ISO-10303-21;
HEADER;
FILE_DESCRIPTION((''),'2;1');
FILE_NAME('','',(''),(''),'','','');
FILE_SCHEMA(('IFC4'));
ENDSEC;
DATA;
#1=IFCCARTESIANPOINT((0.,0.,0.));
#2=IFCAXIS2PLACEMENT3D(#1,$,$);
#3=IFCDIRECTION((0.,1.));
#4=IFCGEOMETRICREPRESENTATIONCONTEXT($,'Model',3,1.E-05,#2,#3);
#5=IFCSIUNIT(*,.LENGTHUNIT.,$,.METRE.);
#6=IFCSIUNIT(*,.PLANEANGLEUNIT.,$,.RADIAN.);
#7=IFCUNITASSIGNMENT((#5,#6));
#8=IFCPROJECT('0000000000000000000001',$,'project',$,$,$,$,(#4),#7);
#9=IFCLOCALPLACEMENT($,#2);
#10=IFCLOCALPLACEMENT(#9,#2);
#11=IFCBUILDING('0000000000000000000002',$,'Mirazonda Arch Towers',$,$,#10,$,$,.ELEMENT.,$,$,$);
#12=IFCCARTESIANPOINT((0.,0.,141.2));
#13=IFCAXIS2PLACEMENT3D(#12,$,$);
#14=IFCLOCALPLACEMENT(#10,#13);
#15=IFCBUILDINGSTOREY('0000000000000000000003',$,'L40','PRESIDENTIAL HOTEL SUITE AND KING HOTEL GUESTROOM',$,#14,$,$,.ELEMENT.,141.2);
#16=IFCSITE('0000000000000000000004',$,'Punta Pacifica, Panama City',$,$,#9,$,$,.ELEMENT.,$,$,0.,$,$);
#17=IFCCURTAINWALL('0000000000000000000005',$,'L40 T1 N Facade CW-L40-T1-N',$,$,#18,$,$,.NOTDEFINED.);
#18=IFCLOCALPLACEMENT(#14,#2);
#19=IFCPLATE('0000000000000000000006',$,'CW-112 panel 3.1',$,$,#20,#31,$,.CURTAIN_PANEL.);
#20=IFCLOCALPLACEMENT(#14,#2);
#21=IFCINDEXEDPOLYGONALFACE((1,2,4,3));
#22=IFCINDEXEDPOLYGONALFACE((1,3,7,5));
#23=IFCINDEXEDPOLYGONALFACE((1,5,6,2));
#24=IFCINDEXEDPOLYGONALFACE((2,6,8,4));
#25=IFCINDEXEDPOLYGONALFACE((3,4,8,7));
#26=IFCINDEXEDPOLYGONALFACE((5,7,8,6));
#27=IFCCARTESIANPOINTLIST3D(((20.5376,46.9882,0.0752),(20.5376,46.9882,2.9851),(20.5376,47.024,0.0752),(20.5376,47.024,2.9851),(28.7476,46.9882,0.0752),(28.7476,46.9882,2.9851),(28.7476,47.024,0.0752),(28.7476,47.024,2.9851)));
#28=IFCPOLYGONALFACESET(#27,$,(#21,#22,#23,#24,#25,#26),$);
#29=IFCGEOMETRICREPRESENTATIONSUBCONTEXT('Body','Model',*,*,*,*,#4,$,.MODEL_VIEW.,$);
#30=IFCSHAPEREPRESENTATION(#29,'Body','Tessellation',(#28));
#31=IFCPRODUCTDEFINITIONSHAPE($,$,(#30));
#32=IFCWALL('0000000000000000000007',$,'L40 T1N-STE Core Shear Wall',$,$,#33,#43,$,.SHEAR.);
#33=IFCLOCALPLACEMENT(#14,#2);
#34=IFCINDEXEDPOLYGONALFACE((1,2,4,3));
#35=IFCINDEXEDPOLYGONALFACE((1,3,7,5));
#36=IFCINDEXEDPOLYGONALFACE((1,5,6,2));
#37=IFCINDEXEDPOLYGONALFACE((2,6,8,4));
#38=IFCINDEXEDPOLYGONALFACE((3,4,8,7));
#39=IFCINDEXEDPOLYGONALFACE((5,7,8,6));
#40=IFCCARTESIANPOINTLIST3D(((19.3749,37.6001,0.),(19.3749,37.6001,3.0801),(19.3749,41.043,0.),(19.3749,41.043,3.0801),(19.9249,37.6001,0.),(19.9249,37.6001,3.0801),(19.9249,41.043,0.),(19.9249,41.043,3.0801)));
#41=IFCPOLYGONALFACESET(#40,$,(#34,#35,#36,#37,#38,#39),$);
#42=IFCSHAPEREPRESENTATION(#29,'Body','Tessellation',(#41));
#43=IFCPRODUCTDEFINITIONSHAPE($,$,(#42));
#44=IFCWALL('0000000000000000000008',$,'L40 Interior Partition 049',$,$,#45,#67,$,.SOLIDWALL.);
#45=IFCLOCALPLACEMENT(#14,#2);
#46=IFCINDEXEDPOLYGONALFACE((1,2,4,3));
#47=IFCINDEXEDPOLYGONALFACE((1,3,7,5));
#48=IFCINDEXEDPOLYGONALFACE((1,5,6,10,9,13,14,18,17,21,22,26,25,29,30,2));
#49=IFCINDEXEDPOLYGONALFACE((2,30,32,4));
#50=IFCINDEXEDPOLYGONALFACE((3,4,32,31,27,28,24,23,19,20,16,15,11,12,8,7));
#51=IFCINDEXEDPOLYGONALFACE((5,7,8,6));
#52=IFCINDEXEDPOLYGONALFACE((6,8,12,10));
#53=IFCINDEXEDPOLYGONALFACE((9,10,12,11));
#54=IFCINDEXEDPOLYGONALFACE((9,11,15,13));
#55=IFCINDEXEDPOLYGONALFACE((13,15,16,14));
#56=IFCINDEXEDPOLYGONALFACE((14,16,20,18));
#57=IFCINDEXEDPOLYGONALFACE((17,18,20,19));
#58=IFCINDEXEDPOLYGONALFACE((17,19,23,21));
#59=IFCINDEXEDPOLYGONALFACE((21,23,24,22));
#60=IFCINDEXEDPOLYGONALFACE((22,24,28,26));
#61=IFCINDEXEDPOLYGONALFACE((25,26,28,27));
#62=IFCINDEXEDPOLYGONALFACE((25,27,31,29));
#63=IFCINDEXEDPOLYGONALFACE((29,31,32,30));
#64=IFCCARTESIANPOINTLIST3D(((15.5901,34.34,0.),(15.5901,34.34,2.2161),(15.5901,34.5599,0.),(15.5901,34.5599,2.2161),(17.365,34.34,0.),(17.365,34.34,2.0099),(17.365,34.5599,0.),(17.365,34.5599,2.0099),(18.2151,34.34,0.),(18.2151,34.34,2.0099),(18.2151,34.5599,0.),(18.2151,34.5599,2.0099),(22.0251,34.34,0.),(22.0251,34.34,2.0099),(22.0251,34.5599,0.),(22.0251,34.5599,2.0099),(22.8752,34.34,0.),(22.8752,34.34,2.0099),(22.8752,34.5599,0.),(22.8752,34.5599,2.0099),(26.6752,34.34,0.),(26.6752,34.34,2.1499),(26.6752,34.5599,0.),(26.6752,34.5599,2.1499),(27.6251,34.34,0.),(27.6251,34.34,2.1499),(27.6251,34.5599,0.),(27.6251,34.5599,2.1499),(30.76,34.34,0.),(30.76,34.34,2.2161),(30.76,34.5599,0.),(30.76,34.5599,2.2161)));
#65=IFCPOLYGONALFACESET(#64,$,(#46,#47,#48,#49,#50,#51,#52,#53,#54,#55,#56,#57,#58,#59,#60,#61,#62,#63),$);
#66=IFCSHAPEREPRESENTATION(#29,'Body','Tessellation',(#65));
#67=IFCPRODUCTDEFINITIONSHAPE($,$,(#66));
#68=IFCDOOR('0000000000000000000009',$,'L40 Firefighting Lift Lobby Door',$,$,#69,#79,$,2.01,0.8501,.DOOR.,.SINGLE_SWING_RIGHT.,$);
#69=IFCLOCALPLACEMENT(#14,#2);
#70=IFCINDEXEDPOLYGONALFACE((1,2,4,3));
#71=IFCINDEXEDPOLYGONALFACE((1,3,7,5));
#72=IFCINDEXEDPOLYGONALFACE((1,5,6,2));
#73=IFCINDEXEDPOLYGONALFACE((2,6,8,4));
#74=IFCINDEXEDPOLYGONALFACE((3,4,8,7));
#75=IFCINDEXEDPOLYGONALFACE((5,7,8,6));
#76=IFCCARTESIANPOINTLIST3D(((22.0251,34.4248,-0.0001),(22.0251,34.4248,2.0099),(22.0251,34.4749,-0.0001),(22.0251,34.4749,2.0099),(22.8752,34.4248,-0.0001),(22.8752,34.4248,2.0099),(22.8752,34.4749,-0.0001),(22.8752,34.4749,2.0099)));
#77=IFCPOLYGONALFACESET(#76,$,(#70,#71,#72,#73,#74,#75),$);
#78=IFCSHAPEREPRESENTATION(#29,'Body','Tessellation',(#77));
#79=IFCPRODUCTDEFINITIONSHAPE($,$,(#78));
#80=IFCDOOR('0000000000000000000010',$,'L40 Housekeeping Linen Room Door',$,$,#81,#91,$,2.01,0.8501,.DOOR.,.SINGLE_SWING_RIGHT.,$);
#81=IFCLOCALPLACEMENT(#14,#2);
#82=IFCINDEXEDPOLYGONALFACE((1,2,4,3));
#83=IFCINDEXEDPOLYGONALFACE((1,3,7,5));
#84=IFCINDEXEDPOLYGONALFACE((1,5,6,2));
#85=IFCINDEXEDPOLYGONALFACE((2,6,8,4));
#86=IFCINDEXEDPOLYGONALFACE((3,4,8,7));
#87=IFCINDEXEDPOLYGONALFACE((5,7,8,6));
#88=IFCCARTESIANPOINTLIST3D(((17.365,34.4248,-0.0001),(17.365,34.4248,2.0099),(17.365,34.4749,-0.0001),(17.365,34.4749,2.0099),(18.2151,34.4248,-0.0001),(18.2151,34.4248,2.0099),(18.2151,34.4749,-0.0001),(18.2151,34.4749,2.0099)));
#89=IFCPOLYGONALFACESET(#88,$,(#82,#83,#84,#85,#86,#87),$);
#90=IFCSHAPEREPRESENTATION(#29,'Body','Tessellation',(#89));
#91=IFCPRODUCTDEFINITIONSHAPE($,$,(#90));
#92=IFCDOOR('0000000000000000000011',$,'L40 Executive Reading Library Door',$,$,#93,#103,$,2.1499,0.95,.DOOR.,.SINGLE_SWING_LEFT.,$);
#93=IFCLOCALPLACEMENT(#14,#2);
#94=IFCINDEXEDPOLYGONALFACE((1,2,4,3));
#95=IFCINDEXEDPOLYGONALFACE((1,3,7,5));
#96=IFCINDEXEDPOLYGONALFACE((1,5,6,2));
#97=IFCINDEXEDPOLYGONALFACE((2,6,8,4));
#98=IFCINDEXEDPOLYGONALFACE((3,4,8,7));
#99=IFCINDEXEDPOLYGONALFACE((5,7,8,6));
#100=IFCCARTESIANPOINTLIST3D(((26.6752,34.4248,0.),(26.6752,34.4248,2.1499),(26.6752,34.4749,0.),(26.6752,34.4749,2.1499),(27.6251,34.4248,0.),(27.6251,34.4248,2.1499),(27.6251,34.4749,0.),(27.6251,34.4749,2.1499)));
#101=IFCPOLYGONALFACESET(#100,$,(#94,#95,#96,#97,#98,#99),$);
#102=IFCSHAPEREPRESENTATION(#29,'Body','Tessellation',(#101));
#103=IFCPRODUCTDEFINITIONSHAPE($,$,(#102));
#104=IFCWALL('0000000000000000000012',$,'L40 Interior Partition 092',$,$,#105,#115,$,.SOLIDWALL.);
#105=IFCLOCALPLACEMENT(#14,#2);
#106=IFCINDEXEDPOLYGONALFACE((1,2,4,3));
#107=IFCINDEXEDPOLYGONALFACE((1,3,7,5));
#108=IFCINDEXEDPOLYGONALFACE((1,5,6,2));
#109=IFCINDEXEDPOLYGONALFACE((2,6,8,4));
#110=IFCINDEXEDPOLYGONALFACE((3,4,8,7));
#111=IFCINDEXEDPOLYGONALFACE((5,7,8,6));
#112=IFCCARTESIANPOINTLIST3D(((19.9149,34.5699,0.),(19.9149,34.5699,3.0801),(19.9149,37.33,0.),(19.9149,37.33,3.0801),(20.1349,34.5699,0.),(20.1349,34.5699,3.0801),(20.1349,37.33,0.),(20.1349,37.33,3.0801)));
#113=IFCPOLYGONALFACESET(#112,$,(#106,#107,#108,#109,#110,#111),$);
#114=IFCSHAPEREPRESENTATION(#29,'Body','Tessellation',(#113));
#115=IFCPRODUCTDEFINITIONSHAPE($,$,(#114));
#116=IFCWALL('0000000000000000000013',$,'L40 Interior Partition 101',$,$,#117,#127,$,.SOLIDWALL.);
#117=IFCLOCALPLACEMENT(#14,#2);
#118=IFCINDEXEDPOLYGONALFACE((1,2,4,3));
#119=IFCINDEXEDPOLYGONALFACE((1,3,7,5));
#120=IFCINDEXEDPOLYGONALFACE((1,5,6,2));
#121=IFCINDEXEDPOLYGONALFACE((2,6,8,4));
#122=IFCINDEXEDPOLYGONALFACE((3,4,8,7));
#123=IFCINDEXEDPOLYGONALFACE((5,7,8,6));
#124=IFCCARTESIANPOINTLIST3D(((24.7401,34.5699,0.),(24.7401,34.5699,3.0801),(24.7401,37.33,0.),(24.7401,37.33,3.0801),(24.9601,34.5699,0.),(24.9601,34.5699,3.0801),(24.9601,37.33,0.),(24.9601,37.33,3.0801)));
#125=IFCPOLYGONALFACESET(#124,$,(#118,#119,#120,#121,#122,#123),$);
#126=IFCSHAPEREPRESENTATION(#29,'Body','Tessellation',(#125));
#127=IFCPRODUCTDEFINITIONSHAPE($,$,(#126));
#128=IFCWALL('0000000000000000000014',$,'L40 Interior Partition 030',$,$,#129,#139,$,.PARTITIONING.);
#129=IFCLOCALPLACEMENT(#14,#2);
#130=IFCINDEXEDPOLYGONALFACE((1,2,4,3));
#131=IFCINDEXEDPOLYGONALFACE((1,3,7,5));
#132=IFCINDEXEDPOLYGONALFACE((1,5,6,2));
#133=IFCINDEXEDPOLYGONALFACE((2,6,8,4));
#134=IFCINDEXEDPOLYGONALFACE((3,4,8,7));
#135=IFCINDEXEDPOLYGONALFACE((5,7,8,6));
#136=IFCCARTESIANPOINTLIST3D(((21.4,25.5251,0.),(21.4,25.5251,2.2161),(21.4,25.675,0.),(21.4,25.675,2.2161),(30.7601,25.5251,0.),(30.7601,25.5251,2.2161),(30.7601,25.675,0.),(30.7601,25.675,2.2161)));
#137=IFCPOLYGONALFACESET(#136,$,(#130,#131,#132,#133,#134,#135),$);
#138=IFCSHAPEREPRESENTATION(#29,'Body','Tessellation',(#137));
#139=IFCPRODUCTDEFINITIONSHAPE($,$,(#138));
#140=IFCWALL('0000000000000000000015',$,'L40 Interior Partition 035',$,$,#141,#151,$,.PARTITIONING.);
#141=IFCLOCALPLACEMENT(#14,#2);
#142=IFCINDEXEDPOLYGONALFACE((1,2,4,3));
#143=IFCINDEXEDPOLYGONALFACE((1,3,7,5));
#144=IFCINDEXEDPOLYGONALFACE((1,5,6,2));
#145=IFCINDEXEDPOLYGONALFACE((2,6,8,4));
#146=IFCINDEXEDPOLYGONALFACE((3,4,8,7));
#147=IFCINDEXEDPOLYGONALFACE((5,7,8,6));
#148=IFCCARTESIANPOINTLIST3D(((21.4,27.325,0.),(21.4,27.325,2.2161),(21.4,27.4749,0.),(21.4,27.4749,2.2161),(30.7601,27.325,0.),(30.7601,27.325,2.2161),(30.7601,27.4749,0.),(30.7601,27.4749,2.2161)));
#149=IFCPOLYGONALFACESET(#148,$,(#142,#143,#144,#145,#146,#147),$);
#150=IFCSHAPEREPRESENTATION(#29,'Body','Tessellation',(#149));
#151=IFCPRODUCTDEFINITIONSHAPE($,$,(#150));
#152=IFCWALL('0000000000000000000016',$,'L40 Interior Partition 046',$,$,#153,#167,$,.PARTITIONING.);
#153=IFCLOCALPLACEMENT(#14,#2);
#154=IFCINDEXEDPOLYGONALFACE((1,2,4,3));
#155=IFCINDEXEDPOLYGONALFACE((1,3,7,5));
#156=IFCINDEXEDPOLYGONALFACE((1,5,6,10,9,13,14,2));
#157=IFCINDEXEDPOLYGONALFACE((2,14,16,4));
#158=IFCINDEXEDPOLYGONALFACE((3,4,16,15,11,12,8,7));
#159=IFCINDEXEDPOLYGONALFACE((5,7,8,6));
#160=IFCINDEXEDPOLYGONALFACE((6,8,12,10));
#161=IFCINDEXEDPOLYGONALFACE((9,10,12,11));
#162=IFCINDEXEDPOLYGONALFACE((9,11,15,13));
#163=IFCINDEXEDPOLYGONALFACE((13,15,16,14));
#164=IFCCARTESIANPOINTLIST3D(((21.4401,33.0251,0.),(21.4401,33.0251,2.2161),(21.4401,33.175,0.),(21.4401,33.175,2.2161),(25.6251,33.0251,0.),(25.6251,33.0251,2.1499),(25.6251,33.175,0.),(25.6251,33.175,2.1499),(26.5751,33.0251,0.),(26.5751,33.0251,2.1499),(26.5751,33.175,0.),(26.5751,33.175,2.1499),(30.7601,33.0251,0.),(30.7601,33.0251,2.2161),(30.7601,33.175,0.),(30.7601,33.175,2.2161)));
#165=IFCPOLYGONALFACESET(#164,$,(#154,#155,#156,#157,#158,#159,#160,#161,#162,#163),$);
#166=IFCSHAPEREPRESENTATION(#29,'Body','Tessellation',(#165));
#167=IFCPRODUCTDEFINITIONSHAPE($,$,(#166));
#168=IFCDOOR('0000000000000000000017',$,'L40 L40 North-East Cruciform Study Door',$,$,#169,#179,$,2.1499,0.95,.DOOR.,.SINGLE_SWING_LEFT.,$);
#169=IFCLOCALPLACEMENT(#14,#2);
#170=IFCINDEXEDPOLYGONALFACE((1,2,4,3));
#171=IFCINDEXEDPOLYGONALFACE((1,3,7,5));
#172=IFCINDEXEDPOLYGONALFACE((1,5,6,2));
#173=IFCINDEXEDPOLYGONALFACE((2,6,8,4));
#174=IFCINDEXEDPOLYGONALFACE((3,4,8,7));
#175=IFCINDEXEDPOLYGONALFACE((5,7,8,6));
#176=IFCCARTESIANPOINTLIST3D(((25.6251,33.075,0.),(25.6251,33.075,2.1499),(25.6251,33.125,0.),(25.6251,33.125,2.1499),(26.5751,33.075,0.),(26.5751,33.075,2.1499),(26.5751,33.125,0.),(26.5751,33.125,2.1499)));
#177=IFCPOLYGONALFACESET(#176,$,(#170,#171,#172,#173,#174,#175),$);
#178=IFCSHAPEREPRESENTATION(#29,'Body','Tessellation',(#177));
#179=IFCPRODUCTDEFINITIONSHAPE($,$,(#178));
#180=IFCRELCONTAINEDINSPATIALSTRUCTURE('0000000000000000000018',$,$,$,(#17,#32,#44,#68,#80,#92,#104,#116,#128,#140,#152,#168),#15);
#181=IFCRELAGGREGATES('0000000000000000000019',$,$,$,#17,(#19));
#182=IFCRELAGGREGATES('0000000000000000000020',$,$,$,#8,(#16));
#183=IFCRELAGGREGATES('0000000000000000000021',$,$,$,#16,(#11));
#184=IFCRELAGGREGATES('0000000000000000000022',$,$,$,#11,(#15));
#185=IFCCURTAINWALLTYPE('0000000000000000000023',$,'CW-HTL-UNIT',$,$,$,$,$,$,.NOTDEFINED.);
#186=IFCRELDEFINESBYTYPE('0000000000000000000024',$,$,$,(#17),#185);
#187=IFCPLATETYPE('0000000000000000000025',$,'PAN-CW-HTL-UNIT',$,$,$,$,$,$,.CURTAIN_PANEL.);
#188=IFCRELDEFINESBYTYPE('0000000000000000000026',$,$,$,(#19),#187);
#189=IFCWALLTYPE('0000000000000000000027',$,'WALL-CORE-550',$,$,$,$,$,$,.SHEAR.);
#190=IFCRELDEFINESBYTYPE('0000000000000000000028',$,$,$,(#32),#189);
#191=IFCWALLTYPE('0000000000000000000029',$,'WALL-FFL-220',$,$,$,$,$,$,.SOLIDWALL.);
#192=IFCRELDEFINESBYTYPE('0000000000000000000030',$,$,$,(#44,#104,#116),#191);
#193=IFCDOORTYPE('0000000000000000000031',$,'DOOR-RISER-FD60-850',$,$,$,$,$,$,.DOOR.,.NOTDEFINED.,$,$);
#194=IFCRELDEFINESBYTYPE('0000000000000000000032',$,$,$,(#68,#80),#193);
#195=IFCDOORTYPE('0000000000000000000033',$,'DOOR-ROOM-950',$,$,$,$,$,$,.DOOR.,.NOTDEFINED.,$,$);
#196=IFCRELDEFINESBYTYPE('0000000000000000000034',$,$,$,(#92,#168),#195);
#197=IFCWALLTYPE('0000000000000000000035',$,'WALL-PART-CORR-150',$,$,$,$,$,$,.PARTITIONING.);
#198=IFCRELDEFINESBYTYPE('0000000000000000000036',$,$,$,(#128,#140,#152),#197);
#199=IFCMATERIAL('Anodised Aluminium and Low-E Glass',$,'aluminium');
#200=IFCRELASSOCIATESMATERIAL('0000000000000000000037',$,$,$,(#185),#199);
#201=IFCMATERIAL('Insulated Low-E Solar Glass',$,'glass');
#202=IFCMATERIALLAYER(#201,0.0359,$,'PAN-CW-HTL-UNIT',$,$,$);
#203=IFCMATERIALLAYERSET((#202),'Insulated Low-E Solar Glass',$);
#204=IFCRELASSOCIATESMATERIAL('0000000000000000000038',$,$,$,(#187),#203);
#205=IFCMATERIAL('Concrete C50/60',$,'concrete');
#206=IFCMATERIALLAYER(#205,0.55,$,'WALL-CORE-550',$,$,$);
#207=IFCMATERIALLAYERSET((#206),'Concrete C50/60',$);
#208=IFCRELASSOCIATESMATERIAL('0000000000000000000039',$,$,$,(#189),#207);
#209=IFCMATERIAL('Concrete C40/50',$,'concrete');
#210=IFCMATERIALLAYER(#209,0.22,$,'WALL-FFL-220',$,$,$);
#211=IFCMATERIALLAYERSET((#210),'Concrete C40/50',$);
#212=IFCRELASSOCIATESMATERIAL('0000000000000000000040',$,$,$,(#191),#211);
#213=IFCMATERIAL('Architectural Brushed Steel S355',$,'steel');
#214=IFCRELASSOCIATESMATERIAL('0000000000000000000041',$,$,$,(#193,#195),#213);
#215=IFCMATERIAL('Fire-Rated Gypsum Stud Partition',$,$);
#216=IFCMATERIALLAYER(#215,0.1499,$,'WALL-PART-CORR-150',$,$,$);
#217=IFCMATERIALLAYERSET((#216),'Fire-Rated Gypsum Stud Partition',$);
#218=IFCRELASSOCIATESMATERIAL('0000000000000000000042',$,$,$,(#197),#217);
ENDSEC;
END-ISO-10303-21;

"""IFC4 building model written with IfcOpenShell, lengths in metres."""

from ifc_helpers import new_model, si_unit, direction, frame, frame_2d, origin, origin_2d, place, context, subcontext, project, spatial, rectangle, extrude, material, layer, layer_set, type_object, element, fill, aggregate, save


model = new_model("IFC4")

# Units and contexts
model_context = context("Model", 3, precision=1e-05, world=origin(), true_north=direction((0.0, 1.0)))
body_context = subcontext(model_context, "Body", "Model", "MODEL_VIEW")
ifc_project = project(units=[si_unit("LENGTHUNIT", "METRE"), si_unit("PLANEANGLEUNIT", "RADIAN")], contexts=[model_context])

# Site, building, storey
site_placement = place(None, origin())
site = spatial("IfcSite", under=ifc_project, at=site_placement, Name="Punta Pacifica, Panama City", CompositionType="ELEMENT", RefElevation=0.0)
building_placement = place(site_placement, origin())
building = spatial("IfcBuilding", under=site, at=building_placement, Name="Mirazonda Arch Towers", CompositionType="ELEMENT")
storey_placement = place(building_placement, frame((0.0, 0.0, 141.2)))
storey = spatial("IfcBuildingStorey", under=building, at=storey_placement, Name="L40", Description="PRESIDENTIAL HOTEL SUITE AND KING HOTEL GUESTROOM", CompositionType="ELEMENT", Elevation=141.2)

# Shared definitions
ifc_material_1 = material(Name="Concrete C50/60", Category="concrete")

# Curtain wall, plate
ifc_material_2 = material(Name="Anodised Aluminium and Low-E Glass", Category="aluminium")
curtain_wall_type = type_object("IfcCurtainWallType", Name="CW-HTL-UNIT", PredefinedType="NOTDEFINED", material=ifc_material_2)
curtain_wall_placement = place(storey_placement, origin())
curtain_wall = element("IfcCurtainWall", 1, at=curtain_wall_placement, inside=storey, type_object=curtain_wall_type, Name="L40 T1 N Facade CW-L40-T1-N", PredefinedType="NOTDEFINED")
ifc_material_3 = material(Name="Insulated Low-E Solar Glass", Category="glass")
ifc_layer_1 = layer(ifc_material_3, 0.0359, Name="PAN-CW-HTL-UNIT")
ifc_layer_set_1 = layer_set([ifc_layer_1], Name="Insulated Low-E Solar Glass")
plate_type = type_object("IfcPlateType", Name="PAN-CW-HTL-UNIT", PredefinedType="CURTAIN_PANEL", material=ifc_layer_set_1)
plate_1_placement = place(storey_placement, frame((24.6426, 47.0061, 0.0752), z_axis=(0.0, 0.0, 1.0), x_axis=(1.0, 0.0, 0.0)))
plate_1 = element("IfcPlate", 2, at=plate_1_placement, type_object=plate_type, Name="CW-112 panel 3.1", PredefinedType="CURTAIN_PANEL", context=body_context, shape_type="SweptSolid", body=[
    extrude(rectangle(XDim=8.21, YDim=0.0359, at=origin_2d()), origin(), (0.0, 0.0, 1.0), 2.9099),
])
aggregate(curtain_wall, [plate_1])

# Wall
ifc_layer_2 = layer(ifc_material_1, 0.55, Name="WALL-CORE-550")
ifc_layer_set_2 = layer_set([ifc_layer_2], Name="Concrete C50/60")
wall_type_1 = type_object("IfcWallType", Name="WALL-CORE-550", PredefinedType="SHEAR", material=ifc_layer_set_2)
wall_1_placement = place(storey_placement, frame((19.6499, 37.6001, 0.0), z_axis=(0.0, 0.0, 1.0), x_axis=(0.0, 1.0, 0.0)))
element("IfcWall", 3, at=wall_1_placement, inside=storey, type_object=wall_type_1, Name="L40 T1N-STE Core Shear Wall", PredefinedType="SHEAR", context=body_context, shape_type="SweptSolid", body=[
    extrude(rectangle(XDim=3.4429, YDim=0.55, at=frame_2d((1.7214, 0.0))), origin(), (0.0, 0.0, 1.0), 3.0801),
])

# Wall, openings, doors
ifc_material_4 = material(Name="Concrete C40/50", Category="concrete")
ifc_layer_3 = layer(ifc_material_4, 0.22, Name="WALL-FFL-220")
ifc_layer_set_3 = layer_set([ifc_layer_3], Name="Concrete C40/50")
wall_type_2 = type_object("IfcWallType", Name="WALL-FFL-220", PredefinedType="SOLIDWALL", material=ifc_layer_set_3)
wall_2_placement = place(storey_placement, frame((15.5901, 34.45, 0.0), z_axis=(0.0, 0.0, 1.0), x_axis=(1.0, 0.0, 0.0)))
wall_2 = element("IfcWall", 4, at=wall_2_placement, inside=storey, type_object=wall_type_2, Name="L40 Interior Partition 049", PredefinedType="SOLIDWALL", context=body_context, shape_type="SweptSolid", body=[
    extrude(rectangle(XDim=15.1699, YDim=0.22, at=frame_2d((7.585, 0.0))), origin(), (0.0, 0.0, 1.0), 2.2161),
])
opening_1_placement = place(wall_2_placement, frame((6.4351, 0.0, 0.0)))
opening_1 = element("IfcOpeningElement", 5, at=opening_1_placement, cuts=wall_2, PredefinedType="OPENING", context=body_context, shape_type="SweptSolid", body=[
    extrude(rectangle(XDim=0.8501, YDim=2.01, at=frame_2d((0.425, 1.0049))), frame((0.0, 0.1199, 0.0), z_axis=(0.0, -1.0, 0.0), x_axis=(1.0, 0.0, 0.0)), (0.0, 0.0, 1.0), 0.24),
])
opening_2_placement = place(wall_2_placement, frame((11.085, 0.0, 0.0)))
opening_2 = element("IfcOpeningElement", 6, at=opening_2_placement, cuts=wall_2, PredefinedType="OPENING", context=body_context, shape_type="SweptSolid", body=[
    extrude(rectangle(XDim=0.95, YDim=2.1499, at=frame_2d((0.4751, 1.075))), frame((0.0, 0.1199, 0.0), z_axis=(0.0, -1.0, 0.0), x_axis=(1.0, 0.0, 0.0)), (0.0, 0.0, 1.0), 0.24),
])
opening_3_placement = place(wall_2_placement, frame((1.7749, 0.0, 0.0)))
opening_3 = element("IfcOpeningElement", 7, at=opening_3_placement, cuts=wall_2, PredefinedType="OPENING", context=body_context, shape_type="SweptSolid", body=[
    extrude(rectangle(XDim=0.8501, YDim=2.01, at=frame_2d((0.425, 1.0049))), frame((0.0, 0.1199, 0.0), z_axis=(0.0, -1.0, 0.0), x_axis=(1.0, 0.0, 0.0)), (0.0, 0.0, 1.0), 0.24),
])
ifc_material_5 = material(Name="Architectural Brushed Steel S355", Category="steel")
door_type_1 = type_object("IfcDoorType", Name="DOOR-RISER-FD60-850", OperationType="NOTDEFINED", PredefinedType="DOOR", material=ifc_material_5)
door_1_placement = place(opening_1_placement, origin())
door_1 = element("IfcDoor", 8, at=door_1_placement, inside=storey, type_object=door_type_1, Name="L40 Firefighting Lift Lobby Door", OperationType="SINGLE_SWING_RIGHT", OverallHeight=2.01, OverallWidth=0.8501, PredefinedType="DOOR", context=body_context, shape_type="SweptSolid", body=[
    extrude(rectangle(XDim=0.8501, YDim=2.01, at=frame_2d((0.425, 1.0049))), frame((0.0, 0.0249, 0.0), z_axis=(0.0, -1.0, 0.0), x_axis=(1.0, 0.0, 0.0)), (0.0, 0.0, 1.0), 0.05),
])
fill(opening_1, door_1)
door_2_placement = place(opening_3_placement, origin())
door_2 = element("IfcDoor", 9, at=door_2_placement, inside=storey, type_object=door_type_1, Name="L40 Housekeeping Linen Room Door", OperationType="SINGLE_SWING_RIGHT", OverallHeight=2.01, OverallWidth=0.8501, PredefinedType="DOOR", context=body_context, shape_type="SweptSolid", body=[
    extrude(rectangle(XDim=0.8501, YDim=2.01, at=frame_2d((0.425, 1.0049))), frame((0.0, 0.0249, 0.0), z_axis=(0.0, -1.0, 0.0), x_axis=(1.0, 0.0, 0.0)), (0.0, 0.0, 1.0), 0.05),
])
fill(opening_3, door_2)
door_type_2 = type_object("IfcDoorType", Name="DOOR-ROOM-950", OperationType="NOTDEFINED", PredefinedType="DOOR", material=ifc_material_5)
door_3_placement = place(opening_2_placement, origin())
door_3 = element("IfcDoor", 10, at=door_3_placement, inside=storey, type_object=door_type_2, Name="L40 Executive Reading Library Door", OperationType="SINGLE_SWING_LEFT", OverallHeight=2.1499, OverallWidth=0.95, PredefinedType="DOOR", context=body_context, shape_type="SweptSolid", body=[
    extrude(rectangle(XDim=0.95, YDim=2.1499, at=frame_2d((0.4751, 1.075))), frame((0.0, 0.0249, 0.0), z_axis=(0.0, -1.0, 0.0), x_axis=(1.0, 0.0, 0.0)), (0.0, 0.0, 1.0), 0.05),
])
fill(opening_2, door_3)

# Walls
for number, where, z_axis, x_axis, name in (
    (11, (20.0249, 34.5701, 0.0), (0.0, 0.0, 1.0), (0.0, 1.0, 0.0), "L40 Interior Partition 092"),
    (12, (24.8501, 34.5701, 0.0), (0.0, 0.0, 1.0), (0.0, 1.0, 0.0), "L40 Interior Partition 101"),
):
    element("IfcWall", number, at=place(storey_placement, frame(where, z_axis=z_axis, x_axis=x_axis)), inside=storey, type_object=wall_type_2, Name=name, PredefinedType="SOLIDWALL", context=body_context, shape_type="SweptSolid", body=[
        extrude(rectangle(XDim=2.76, YDim=0.22, at=frame_2d((1.3799, 0.0))), origin(), (0.0, 0.0, 1.0), 3.0801),
    ])
ifc_material_6 = material(Name="Fire-Rated Gypsum Stud Partition")
ifc_layer_4 = layer(ifc_material_6, 0.1499, Name="WALL-PART-CORR-150")
ifc_layer_set_4 = layer_set([ifc_layer_4], Name="Fire-Rated Gypsum Stud Partition")
wall_type_3 = type_object("IfcWallType", Name="WALL-PART-CORR-150", PredefinedType="PARTITIONING", material=ifc_layer_set_4)
for number, where, z_axis, x_axis, name in (
    (13, (21.3999, 25.6001, 0.0), (0.0, 0.0, 1.0), (1.0, 0.0, 0.0), "L40 Interior Partition 030"),
    (14, (21.3999, 27.3999, 0.0), (0.0, 0.0, 1.0), (1.0, 0.0, 0.0), "L40 Interior Partition 035"),
):
    element("IfcWall", number, at=place(storey_placement, frame(where, z_axis=z_axis, x_axis=x_axis)), inside=storey, type_object=wall_type_3, Name=name, PredefinedType="PARTITIONING", context=body_context, shape_type="SweptSolid", body=[
        extrude(rectangle(XDim=9.3601, YDim=0.1499, at=frame_2d((4.6802, 0.0))), origin(), (0.0, 0.0, 1.0), 2.2161),
    ])

# Wall, opening, door
wall_3_placement = place(storey_placement, frame((21.4399, 33.1001, 0.0), z_axis=(0.0, 0.0, 1.0), x_axis=(1.0, 0.0, 0.0)))
wall_3 = element("IfcWall", 15, at=wall_3_placement, inside=storey, type_object=wall_type_3, Name="L40 Interior Partition 046", PredefinedType="PARTITIONING", context=body_context, shape_type="SweptSolid", body=[
    extrude(rectangle(XDim=9.3201, YDim=0.1499, at=frame_2d((4.6602, 0.0))), origin(), (0.0, 0.0, 1.0), 2.2161),
])
opening_4_placement = place(wall_3_placement, frame((4.1851, 0.0, 0.0)))
opening_4 = element("IfcOpeningElement", 16, at=opening_4_placement, cuts=wall_3, PredefinedType="OPENING", context=body_context, shape_type="SweptSolid", body=[
    extrude(rectangle(XDim=0.95, YDim=2.1499, at=frame_2d((0.4751, 1.075))), frame((0.0, 0.085, 0.0), z_axis=(0.0, -1.0, 0.0), x_axis=(1.0, 0.0, 0.0)), (0.0, 0.0, 1.0), 0.1699),
])
door_4_placement = place(opening_4_placement, origin())
door_4 = element("IfcDoor", 17, at=door_4_placement, inside=storey, type_object=door_type_2, Name="L40 L40 North-East Cruciform Study Door", OperationType="SINGLE_SWING_LEFT", OverallHeight=2.1499, OverallWidth=0.95, PredefinedType="DOOR", context=body_context, shape_type="SweptSolid", body=[
    extrude(rectangle(XDim=0.95, YDim=2.1499, at=frame_2d((0.4751, 1.075))), frame((0.0, 0.0249, 0.0), z_axis=(0.0, -1.0, 0.0), x_axis=(1.0, 0.0, 0.0)), (0.0, 0.0, 1.0), 0.05),
])
fill(opening_4, door_4)

save(model, "model.ifc")
